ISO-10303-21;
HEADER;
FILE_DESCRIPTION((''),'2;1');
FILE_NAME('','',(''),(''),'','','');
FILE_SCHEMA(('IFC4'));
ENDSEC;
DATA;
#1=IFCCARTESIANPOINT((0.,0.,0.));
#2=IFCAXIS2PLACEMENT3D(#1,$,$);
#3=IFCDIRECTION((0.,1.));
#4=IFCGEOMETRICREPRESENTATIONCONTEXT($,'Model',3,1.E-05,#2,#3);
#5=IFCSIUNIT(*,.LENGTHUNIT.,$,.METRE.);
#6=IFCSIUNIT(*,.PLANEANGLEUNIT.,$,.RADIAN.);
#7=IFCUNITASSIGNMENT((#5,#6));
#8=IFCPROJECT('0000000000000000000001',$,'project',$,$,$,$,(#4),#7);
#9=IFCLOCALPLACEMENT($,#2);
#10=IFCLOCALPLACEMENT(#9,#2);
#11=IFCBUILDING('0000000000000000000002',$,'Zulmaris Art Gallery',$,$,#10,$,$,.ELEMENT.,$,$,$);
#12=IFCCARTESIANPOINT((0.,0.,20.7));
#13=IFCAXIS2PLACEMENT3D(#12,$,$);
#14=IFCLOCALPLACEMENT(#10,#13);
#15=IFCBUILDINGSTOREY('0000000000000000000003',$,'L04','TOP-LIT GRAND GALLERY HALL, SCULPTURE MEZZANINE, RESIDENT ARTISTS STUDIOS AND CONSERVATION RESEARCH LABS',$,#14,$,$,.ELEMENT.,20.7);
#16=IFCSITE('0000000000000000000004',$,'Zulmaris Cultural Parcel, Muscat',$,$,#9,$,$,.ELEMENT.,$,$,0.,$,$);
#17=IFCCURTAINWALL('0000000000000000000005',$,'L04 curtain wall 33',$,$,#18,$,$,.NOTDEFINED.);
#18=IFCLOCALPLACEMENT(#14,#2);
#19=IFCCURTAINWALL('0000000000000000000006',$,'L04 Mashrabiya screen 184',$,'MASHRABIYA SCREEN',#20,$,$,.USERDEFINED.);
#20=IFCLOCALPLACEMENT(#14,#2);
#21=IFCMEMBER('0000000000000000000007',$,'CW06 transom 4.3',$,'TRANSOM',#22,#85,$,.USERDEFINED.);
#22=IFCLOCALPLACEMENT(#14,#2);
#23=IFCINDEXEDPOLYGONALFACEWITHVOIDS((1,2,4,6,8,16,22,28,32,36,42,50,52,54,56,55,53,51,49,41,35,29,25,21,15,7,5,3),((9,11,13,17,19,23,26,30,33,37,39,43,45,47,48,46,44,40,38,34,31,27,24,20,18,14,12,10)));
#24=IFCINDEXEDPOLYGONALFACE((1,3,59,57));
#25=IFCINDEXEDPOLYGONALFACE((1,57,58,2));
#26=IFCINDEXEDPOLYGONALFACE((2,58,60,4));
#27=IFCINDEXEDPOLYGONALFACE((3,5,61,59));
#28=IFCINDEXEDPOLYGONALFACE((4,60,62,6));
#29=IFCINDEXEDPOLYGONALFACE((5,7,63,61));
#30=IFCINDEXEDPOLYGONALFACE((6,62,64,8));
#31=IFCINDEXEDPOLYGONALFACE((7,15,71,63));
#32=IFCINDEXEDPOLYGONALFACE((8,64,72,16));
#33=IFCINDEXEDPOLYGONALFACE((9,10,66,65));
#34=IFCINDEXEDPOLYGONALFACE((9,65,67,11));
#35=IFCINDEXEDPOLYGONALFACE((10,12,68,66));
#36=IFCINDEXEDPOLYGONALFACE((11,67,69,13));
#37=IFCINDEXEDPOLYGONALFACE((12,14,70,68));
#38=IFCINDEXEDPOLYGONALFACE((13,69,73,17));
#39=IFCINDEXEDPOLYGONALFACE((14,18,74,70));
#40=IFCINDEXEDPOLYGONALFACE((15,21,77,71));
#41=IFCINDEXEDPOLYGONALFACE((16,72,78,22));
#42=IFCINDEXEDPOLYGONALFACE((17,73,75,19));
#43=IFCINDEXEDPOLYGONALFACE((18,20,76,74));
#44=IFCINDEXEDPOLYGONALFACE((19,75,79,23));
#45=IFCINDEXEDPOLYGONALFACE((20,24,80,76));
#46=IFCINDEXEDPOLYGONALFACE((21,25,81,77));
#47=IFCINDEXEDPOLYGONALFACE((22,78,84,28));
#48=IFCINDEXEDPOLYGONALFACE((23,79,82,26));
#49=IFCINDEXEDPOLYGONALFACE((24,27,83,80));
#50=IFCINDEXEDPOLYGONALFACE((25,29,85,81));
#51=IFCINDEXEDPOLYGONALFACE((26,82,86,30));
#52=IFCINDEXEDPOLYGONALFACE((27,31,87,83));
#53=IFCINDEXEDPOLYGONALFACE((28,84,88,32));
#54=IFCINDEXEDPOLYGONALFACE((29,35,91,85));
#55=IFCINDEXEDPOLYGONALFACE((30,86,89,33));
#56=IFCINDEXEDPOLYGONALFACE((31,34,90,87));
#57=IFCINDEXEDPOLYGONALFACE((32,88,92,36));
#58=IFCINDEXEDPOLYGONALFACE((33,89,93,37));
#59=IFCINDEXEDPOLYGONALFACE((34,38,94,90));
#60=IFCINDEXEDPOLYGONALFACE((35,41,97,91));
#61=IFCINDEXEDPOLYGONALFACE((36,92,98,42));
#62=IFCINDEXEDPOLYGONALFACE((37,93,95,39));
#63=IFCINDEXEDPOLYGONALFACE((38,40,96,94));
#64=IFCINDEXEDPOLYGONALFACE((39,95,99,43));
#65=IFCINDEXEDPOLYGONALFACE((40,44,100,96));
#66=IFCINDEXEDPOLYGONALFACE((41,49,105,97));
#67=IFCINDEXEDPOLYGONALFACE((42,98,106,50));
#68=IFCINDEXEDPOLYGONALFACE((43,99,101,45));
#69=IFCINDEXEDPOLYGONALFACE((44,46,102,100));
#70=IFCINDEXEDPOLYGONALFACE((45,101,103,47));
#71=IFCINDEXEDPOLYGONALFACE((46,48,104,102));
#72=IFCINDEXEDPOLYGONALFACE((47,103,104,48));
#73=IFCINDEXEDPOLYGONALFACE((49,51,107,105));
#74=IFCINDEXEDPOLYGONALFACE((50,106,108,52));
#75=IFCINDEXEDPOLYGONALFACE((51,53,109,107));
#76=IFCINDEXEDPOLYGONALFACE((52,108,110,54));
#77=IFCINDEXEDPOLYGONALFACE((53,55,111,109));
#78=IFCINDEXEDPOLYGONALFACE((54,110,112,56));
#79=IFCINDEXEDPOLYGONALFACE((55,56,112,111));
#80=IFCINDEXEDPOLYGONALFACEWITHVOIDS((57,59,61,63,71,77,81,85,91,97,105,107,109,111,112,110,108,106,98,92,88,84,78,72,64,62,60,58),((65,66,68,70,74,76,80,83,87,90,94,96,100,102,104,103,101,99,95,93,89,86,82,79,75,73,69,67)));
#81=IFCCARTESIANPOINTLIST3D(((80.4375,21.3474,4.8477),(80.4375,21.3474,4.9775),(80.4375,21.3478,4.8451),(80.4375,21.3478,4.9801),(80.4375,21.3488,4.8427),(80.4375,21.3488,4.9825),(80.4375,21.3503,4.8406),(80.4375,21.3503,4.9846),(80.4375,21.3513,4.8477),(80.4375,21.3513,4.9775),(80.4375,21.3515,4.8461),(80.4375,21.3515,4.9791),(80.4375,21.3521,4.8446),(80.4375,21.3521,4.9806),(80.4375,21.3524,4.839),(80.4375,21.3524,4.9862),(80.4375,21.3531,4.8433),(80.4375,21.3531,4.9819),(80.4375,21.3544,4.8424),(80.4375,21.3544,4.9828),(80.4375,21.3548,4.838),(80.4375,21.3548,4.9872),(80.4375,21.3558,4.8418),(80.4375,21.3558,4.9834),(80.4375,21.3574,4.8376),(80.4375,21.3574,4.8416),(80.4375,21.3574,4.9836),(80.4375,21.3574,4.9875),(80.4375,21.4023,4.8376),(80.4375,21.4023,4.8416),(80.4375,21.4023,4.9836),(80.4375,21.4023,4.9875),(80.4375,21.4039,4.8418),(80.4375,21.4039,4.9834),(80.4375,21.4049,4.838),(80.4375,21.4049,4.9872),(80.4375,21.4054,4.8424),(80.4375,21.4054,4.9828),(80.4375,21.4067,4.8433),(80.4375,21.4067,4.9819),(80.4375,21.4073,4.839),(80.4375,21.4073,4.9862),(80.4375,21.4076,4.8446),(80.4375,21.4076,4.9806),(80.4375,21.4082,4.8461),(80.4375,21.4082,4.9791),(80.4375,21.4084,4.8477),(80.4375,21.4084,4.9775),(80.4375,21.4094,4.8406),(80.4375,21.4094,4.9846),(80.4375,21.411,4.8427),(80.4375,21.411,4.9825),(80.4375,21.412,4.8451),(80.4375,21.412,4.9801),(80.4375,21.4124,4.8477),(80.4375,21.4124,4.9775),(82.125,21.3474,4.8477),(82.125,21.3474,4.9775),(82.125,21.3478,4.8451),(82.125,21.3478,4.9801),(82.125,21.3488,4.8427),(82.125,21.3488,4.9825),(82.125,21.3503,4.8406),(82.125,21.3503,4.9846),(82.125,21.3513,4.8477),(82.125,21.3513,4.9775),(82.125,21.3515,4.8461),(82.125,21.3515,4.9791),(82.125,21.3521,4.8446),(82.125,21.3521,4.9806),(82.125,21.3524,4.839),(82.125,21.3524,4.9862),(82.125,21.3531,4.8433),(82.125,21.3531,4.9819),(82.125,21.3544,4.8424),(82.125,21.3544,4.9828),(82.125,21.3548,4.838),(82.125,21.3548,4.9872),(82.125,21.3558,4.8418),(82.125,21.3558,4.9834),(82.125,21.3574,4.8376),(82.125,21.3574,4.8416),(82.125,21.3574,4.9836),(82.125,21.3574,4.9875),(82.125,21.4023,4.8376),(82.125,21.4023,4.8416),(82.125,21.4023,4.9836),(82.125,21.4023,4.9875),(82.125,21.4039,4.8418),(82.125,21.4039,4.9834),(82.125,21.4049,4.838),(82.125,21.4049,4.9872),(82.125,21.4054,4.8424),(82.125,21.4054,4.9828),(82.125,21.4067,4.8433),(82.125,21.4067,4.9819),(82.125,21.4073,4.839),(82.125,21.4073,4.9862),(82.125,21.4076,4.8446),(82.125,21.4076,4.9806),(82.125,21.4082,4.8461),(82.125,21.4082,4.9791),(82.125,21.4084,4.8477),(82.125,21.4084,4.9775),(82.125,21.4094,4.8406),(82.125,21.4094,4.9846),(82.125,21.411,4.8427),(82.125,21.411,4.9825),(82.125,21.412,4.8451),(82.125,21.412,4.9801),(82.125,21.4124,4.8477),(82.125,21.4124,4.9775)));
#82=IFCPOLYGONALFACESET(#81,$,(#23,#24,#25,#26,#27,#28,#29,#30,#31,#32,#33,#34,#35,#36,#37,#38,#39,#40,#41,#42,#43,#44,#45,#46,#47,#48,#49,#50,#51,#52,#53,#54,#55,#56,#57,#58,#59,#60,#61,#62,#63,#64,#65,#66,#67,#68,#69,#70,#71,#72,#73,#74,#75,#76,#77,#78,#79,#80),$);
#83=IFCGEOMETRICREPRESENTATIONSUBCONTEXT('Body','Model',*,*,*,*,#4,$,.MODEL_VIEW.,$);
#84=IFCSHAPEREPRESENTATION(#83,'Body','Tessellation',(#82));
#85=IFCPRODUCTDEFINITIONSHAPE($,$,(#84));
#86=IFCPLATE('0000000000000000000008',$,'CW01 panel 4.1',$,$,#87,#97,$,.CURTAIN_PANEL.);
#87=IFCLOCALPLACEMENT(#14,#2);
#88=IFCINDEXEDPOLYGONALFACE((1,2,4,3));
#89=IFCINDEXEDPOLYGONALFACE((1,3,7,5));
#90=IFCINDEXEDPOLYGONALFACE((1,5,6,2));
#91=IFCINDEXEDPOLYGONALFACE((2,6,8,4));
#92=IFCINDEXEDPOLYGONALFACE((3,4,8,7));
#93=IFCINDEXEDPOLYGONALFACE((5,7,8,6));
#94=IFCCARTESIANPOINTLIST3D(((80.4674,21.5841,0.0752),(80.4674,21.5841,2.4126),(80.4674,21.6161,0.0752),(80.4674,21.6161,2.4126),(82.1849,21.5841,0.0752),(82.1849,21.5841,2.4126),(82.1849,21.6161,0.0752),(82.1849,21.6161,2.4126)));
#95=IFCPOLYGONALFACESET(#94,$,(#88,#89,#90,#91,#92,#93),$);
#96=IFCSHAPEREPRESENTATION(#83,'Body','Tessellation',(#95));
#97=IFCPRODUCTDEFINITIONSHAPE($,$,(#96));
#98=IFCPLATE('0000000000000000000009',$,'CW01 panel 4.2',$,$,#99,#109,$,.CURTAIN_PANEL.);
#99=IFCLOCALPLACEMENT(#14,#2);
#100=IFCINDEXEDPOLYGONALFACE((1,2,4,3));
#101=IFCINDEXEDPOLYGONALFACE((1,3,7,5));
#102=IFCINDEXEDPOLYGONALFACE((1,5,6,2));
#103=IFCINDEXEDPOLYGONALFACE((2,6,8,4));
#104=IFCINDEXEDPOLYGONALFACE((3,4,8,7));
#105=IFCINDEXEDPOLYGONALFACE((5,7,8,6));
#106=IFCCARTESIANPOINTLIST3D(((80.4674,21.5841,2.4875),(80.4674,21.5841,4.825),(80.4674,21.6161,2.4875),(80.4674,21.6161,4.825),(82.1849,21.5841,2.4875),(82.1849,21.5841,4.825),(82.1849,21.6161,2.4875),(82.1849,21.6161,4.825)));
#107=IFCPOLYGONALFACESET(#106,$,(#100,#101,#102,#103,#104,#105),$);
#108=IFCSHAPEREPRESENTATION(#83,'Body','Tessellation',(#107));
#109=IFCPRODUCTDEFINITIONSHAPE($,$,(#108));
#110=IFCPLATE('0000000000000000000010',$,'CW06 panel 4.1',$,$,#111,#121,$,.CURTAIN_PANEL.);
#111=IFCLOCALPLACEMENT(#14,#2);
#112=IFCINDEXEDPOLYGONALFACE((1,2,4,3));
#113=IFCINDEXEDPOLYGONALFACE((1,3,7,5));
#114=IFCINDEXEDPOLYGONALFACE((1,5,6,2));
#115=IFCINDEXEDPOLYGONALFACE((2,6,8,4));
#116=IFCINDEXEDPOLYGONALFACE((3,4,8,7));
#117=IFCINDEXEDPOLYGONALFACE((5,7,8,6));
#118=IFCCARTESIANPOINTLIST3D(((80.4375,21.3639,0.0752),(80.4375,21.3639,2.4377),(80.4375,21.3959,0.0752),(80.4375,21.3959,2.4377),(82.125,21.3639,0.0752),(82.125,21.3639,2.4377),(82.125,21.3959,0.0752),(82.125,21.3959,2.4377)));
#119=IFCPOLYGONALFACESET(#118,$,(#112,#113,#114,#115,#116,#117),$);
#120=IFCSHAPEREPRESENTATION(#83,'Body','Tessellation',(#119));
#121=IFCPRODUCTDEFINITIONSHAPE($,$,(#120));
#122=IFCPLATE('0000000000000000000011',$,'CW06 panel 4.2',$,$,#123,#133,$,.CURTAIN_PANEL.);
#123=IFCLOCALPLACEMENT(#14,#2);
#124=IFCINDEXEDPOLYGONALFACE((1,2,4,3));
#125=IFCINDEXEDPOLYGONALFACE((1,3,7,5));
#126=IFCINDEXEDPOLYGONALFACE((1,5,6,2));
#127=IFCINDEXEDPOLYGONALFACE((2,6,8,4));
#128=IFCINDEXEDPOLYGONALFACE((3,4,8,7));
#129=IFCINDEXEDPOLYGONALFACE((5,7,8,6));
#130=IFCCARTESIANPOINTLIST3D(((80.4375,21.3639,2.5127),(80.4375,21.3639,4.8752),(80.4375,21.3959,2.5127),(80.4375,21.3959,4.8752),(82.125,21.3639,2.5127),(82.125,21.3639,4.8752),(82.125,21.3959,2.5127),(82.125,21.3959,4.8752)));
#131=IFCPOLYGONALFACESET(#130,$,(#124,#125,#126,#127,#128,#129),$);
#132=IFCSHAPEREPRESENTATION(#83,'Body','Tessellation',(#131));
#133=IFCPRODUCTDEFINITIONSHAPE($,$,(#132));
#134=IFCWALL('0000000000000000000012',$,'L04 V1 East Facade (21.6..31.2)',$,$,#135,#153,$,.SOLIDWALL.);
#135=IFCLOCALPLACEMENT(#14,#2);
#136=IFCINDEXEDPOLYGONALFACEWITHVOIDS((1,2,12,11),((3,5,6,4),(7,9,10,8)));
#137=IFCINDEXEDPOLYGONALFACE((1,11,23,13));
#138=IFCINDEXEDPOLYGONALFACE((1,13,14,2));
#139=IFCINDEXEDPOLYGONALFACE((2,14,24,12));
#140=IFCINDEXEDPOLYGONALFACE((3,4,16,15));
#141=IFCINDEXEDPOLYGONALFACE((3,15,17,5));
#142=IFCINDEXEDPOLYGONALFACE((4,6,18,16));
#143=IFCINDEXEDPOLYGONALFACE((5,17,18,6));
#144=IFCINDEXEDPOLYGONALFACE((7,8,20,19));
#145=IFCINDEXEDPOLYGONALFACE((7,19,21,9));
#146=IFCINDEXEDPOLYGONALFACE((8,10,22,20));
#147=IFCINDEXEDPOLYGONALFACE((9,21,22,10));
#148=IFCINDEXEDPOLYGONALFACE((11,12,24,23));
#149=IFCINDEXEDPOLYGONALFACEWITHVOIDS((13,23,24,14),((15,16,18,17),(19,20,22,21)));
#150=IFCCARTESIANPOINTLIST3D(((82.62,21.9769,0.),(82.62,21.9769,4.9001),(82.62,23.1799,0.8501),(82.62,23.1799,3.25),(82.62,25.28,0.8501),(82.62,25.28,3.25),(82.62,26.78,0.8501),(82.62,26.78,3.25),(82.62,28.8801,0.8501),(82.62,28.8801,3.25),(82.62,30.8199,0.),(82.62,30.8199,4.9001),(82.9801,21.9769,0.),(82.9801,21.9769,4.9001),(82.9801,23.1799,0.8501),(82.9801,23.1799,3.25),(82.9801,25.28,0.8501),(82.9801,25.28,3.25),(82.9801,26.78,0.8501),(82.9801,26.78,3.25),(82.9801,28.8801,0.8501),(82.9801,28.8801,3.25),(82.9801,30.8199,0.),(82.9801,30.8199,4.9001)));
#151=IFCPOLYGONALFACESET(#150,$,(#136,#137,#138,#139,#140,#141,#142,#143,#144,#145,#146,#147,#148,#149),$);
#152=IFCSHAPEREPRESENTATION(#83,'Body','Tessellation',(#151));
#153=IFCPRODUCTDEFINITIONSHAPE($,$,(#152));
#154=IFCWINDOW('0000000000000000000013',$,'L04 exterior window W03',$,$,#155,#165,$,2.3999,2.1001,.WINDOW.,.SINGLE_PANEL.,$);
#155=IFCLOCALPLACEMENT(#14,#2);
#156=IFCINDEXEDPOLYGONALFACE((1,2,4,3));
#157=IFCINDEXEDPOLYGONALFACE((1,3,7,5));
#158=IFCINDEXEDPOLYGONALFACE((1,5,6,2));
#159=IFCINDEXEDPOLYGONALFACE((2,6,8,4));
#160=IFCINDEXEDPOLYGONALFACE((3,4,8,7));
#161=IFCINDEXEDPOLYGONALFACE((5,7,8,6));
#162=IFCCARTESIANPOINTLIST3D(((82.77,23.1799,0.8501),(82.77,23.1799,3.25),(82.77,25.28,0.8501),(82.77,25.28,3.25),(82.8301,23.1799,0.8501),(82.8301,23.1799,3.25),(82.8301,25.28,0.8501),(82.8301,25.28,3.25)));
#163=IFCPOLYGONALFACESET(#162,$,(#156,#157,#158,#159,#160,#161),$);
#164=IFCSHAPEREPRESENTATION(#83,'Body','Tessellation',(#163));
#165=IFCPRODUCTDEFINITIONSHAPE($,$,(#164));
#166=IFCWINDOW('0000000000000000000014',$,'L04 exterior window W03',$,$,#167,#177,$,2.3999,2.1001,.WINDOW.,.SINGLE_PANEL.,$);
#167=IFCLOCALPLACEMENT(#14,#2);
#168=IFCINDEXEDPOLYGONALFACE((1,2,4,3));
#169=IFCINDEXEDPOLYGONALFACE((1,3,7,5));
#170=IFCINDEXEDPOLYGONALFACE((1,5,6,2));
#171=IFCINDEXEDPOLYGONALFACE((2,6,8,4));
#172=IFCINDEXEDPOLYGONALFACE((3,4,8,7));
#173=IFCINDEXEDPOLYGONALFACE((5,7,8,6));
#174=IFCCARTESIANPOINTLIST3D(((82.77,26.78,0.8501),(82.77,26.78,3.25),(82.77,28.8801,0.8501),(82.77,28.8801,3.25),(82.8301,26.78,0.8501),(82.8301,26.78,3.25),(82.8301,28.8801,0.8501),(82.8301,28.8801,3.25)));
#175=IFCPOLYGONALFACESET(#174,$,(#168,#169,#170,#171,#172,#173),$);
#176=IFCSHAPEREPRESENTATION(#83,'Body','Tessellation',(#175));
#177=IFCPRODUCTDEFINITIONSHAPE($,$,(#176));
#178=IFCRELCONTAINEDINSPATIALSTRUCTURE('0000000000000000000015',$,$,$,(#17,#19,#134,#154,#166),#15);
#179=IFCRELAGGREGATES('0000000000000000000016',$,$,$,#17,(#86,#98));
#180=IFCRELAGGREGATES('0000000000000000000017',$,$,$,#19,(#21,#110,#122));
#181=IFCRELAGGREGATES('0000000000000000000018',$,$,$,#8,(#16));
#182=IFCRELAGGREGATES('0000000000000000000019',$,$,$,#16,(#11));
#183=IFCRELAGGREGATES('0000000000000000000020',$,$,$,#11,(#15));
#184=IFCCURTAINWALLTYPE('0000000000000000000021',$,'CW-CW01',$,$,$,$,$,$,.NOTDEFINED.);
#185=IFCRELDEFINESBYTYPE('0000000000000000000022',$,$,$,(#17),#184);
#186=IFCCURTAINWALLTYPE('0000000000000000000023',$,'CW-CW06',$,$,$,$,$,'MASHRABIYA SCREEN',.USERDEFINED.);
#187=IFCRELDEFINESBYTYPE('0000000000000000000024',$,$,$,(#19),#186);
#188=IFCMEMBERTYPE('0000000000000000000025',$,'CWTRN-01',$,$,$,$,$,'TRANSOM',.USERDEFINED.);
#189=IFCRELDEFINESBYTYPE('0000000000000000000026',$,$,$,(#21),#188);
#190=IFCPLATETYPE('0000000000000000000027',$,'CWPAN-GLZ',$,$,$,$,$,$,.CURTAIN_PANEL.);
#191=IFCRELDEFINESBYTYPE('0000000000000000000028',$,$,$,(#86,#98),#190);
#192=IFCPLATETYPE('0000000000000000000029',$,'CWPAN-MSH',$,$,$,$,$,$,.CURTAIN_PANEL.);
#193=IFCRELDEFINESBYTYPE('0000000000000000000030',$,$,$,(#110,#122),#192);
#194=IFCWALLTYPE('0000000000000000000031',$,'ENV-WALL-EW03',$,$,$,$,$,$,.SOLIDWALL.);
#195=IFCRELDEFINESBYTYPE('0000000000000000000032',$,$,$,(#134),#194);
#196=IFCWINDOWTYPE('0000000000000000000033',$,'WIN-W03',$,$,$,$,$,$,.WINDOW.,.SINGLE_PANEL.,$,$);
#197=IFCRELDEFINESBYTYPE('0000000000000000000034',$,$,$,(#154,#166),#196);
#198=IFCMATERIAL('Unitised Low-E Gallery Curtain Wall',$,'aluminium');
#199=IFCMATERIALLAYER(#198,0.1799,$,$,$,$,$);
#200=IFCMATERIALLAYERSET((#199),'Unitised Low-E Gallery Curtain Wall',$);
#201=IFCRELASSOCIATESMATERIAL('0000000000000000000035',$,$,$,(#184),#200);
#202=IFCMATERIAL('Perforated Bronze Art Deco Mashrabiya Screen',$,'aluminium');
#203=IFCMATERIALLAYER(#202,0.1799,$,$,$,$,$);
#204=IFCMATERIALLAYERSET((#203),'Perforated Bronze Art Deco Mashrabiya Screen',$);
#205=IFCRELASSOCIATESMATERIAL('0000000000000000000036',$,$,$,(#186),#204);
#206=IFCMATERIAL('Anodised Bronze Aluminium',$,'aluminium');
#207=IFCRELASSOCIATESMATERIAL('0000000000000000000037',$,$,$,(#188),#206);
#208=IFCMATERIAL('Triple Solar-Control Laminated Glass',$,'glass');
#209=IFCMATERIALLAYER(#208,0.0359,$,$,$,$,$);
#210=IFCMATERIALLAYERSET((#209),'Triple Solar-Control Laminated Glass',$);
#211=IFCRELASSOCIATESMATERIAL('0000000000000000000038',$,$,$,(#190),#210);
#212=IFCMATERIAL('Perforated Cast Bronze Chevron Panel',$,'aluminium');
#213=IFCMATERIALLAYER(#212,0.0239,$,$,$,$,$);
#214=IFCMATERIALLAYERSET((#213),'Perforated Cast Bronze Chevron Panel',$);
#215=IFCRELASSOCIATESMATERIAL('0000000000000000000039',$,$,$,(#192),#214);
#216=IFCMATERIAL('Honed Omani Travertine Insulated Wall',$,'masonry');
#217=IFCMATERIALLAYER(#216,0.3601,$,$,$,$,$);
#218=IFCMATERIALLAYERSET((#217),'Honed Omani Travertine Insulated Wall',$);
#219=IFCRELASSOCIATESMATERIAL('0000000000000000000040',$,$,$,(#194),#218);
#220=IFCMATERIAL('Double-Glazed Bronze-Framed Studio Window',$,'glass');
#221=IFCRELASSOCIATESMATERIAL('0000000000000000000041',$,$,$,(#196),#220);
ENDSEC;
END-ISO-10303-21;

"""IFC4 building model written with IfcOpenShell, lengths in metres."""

from ifc_helpers import new_model, si_unit, direction, frame, frame_2d, origin, origin_2d, place, context, subcontext, project, spatial, rectangle, hollow_rectangle, extrude, material, layer, layer_set, material_profile, profile_set, type_object, element, fill, aggregate, save


model = new_model("IFC4")

# Units and contexts
model_context = context("Model", 3, precision=1e-05, world=origin(), true_north=direction((0.0, 1.0)))
body_context = subcontext(model_context, "Body", "Model", "MODEL_VIEW")
ifc_project = project(units=[si_unit("LENGTHUNIT", "METRE"), si_unit("PLANEANGLEUNIT", "RADIAN")], contexts=[model_context])

# Site, building, storey
site_placement = place(None, origin())
site = spatial("IfcSite", under=ifc_project, at=site_placement, Name="Zulmaris Cultural Parcel, Muscat", CompositionType="ELEMENT", RefElevation=0.0)
building_placement = place(site_placement, origin())
building = spatial("IfcBuilding", under=site, at=building_placement, Name="Zulmaris Art Gallery", CompositionType="ELEMENT")
storey_placement = place(building_placement, frame((0.0, 0.0, 20.7)))
storey = spatial("IfcBuildingStorey", under=building, at=storey_placement, Name="L04", Description="TOP-LIT GRAND GALLERY HALL, SCULPTURE MEZZANINE, RESIDENT ARTISTS STUDIOS AND CONSERVATION RESEARCH LABS", CompositionType="ELEMENT", Elevation=20.7)

# Curtain wall
ifc_material_1 = material(Name="Unitised Low-E Gallery Curtain Wall", Category="aluminium")
ifc_layer_1 = layer(ifc_material_1, 0.1799)
ifc_layer_set_1 = layer_set([ifc_layer_1], Name="Unitised Low-E Gallery Curtain Wall")
curtain_wall_type_1 = type_object("IfcCurtainWallType", Name="CW-CW01", PredefinedType="NOTDEFINED", material=ifc_layer_set_1)
curtain_wall_1_placement = place(storey_placement, origin())
curtain_wall_1 = element("IfcCurtainWall", 1, at=curtain_wall_1_placement, inside=storey, type_object=curtain_wall_type_1, Name="L04 curtain wall 33", PredefinedType="NOTDEFINED")
ifc_material_2 = material(Name="Anodised Bronze Aluminium", Category="aluminium")

# Curtain wall
ifc_material_3 = material(Name="Perforated Bronze Art Deco Mashrabiya Screen", Category="aluminium")
ifc_layer_2 = layer(ifc_material_3, 0.1799)
ifc_layer_set_2 = layer_set([ifc_layer_2], Name="Perforated Bronze Art Deco Mashrabiya Screen")
curtain_wall_type_2 = type_object("IfcCurtainWallType", Name="CW-CW06", ElementType="MASHRABIYA SCREEN", PredefinedType="USERDEFINED", material=ifc_layer_set_2)
curtain_wall_2_placement = place(storey_placement, origin())
curtain_wall_2 = element("IfcCurtainWall", 2, at=curtain_wall_2_placement, inside=storey, type_object=curtain_wall_type_2, Name="L04 Mashrabiya screen 184", ObjectType="MASHRABIYA SCREEN", PredefinedType="USERDEFINED")

# Member
ifc_material_profile_1 = material_profile(ifc_material_2, hollow_rectangle(XDim=0.0649, YDim=0.1499, WallThickness=0.0039, InnerFilletRadius=0.0061, OuterFilletRadius=0.01, at=origin_2d()), Name="ALU 65x150x4")
ifc_profile_set_1 = profile_set([ifc_material_profile_1], Name="Anodised Bronze Aluminium")
member_type_1 = type_object("IfcMemberType", Name="CWTRN-01", ElementType="TRANSOM", PredefinedType="USERDEFINED", material=ifc_profile_set_1)
member_1_placement = place(storey_placement, frame((80.4375, 21.3799, 4.9126), z_axis=(1.0, 0.0, 0.0), x_axis=(0.0, 1.0, 0.0)))
member_1 = element("IfcMember", 3, at=member_1_placement, type_object=member_type_1, Name="CW06 transom 4.3", ObjectType="TRANSOM", PredefinedType="USERDEFINED", context=body_context, shape_type="SweptSolid", body=[
    extrude(hollow_rectangle(XDim=0.0649, YDim=0.1499, WallThickness=0.0039, InnerFilletRadius=0.0061, OuterFilletRadius=0.01, at=origin_2d()), origin(), (0.0, 0.0, 1.0), 1.6875),
])

# Plates
ifc_material_4 = material(Name="Triple Solar-Control Laminated Glass", Category="glass")
ifc_layer_3 = layer(ifc_material_4, 0.0359)
ifc_layer_set_3 = layer_set([ifc_layer_3], Name="Triple Solar-Control Laminated Glass")
plate_type_1 = type_object("IfcPlateType", Name="CWPAN-GLZ", PredefinedType="CURTAIN_PANEL", material=ifc_layer_set_3)
plate_1_placement = place(storey_placement, frame((81.3262, 21.6001, 0.0752), z_axis=(0.0, 0.0, 1.0), x_axis=(1.0, 0.0, 0.0)))
plate_1 = element("IfcPlate", 4, at=plate_1_placement, type_object=plate_type_1, Name="CW01 panel 4.1", PredefinedType="CURTAIN_PANEL", context=body_context, shape_type="SweptSolid", body=[
    extrude(rectangle(XDim=1.7175, YDim=0.032, at=origin_2d()), origin(), (0.0, 0.0, 1.0), 2.3374),
])
plate_2_placement = place(storey_placement, frame((81.3262, 21.6001, 2.4875), z_axis=(0.0, 0.0, 1.0), x_axis=(1.0, 0.0, 0.0)))
plate_2 = element("IfcPlate", 5, at=plate_2_placement, type_object=plate_type_1, Name="CW01 panel 4.2", PredefinedType="CURTAIN_PANEL", context=body_context, shape_type="SweptSolid", body=[
    extrude(rectangle(XDim=1.7175, YDim=0.032, at=origin_2d()), origin(), (0.0, 0.0, 1.0), 2.3374),
])
aggregate(curtain_wall_1, [plate_1, plate_2])
ifc_material_5 = material(Name="Perforated Cast Bronze Chevron Panel", Category="aluminium")
ifc_layer_4 = layer(ifc_material_5, 0.0239)
ifc_layer_set_4 = layer_set([ifc_layer_4], Name="Perforated Cast Bronze Chevron Panel")
plate_type_2 = type_object("IfcPlateType", Name="CWPAN-MSH", PredefinedType="CURTAIN_PANEL", material=ifc_layer_set_4)
plate_3_placement = place(storey_placement, frame((81.2812, 21.3799, 0.0752), z_axis=(0.0, 0.0, 1.0), x_axis=(1.0, 0.0, 0.0)))
plate_3 = element("IfcPlate", 6, at=plate_3_placement, type_object=plate_type_2, Name="CW06 panel 4.1", PredefinedType="CURTAIN_PANEL", context=body_context, shape_type="SweptSolid", body=[
    extrude(rectangle(XDim=1.6875, YDim=0.032, at=origin_2d()), origin(), (0.0, 0.0, 1.0), 2.3625),
])
plate_4_placement = place(storey_placement, frame((81.2812, 21.3799, 2.5127), z_axis=(0.0, 0.0, 1.0), x_axis=(1.0, 0.0, 0.0)))
plate_4 = element("IfcPlate", 7, at=plate_4_placement, type_object=plate_type_2, Name="CW06 panel 4.2", PredefinedType="CURTAIN_PANEL", context=body_context, shape_type="SweptSolid", body=[
    extrude(rectangle(XDim=1.6875, YDim=0.032, at=origin_2d()), origin(), (0.0, 0.0, 1.0), 2.3625),
])
aggregate(curtain_wall_2, [member_1, plate_3, plate_4])

# Wall, openings, windows
ifc_material_6 = material(Name="Honed Omani Travertine Insulated Wall", Category="masonry")
ifc_layer_5 = layer(ifc_material_6, 0.3601)
ifc_layer_set_5 = layer_set([ifc_layer_5], Name="Honed Omani Travertine Insulated Wall")
wall_type_1 = type_object("IfcWallType", Name="ENV-WALL-EW03", PredefinedType="SOLIDWALL", material=ifc_layer_set_5)
wall_1_placement = place(storey_placement, frame((82.8, 21.9771, 0.0), z_axis=(0.0, 0.0, 1.0), x_axis=(0.0, 1.0, 0.0)))
wall_1 = element("IfcWall", 8, at=wall_1_placement, inside=storey, type_object=wall_type_1, Name="L04 V1 East Facade (21.6..31.2)", PredefinedType="SOLIDWALL", context=body_context, shape_type="SweptSolid", body=[
    extrude(rectangle(XDim=8.843, YDim=0.3601, at=frame_2d((4.4214, 0.0))), origin(), (0.0, 0.0, 1.0), 4.9001),
])
opening_1_placement = place(wall_1_placement, frame((1.2029, 0.0, 0.8501)))
opening_1 = element("IfcOpeningElement", 9, at=opening_1_placement, cuts=wall_1, PredefinedType="OPENING", context=body_context, shape_type="SweptSolid", body=[
    extrude(rectangle(XDim=2.1001, YDim=2.3999, at=frame_2d((1.05, 1.2))), frame((0.0, 0.1899, 0.0), z_axis=(0.0, -1.0, 0.0), x_axis=(1.0, 0.0, 0.0)), (0.0, 0.0, 1.0), 0.3801),
])
opening_2_placement = place(wall_1_placement, frame((4.803, 0.0, 0.8501)))
opening_2 = element("IfcOpeningElement", 10, at=opening_2_placement, cuts=wall_1, PredefinedType="OPENING", context=body_context, shape_type="SweptSolid", body=[
    extrude(rectangle(XDim=2.1001, YDim=2.3999, at=frame_2d((1.05, 1.2))), frame((0.0, 0.1899, 0.0), z_axis=(0.0, -1.0, 0.0), x_axis=(1.0, 0.0, 0.0)), (0.0, 0.0, 1.0), 0.3801),
])
ifc_material_7 = material(Name="Double-Glazed Bronze-Framed Studio Window", Category="glass")
window_type_1 = type_object("IfcWindowType", Name="WIN-W03", PartitioningType="SINGLE_PANEL", PredefinedType="WINDOW", material=ifc_material_7)
window_1_placement = place(opening_1_placement, origin())
window_1 = element("IfcWindow", 11, at=window_1_placement, inside=storey, type_object=window_type_1, Name="L04 exterior window W03", OverallHeight=2.3999, OverallWidth=2.1001, PartitioningType="SINGLE_PANEL", PredefinedType="WINDOW", context=body_context, shape_type="SweptSolid", body=[
    extrude(rectangle(XDim=2.1001, YDim=2.3999, at=frame_2d((1.05, 1.2))), frame((0.0, 0.03, 0.0), z_axis=(0.0, -1.0, 0.0), x_axis=(1.0, 0.0, 0.0)), (0.0, 0.0, 1.0), 0.0601),
])
fill(opening_1, window_1)
window_2_placement = place(opening_2_placement, origin())
window_2 = element("IfcWindow", 12, at=window_2_placement, inside=storey, type_object=window_type_1, Name="L04 exterior window W03", OverallHeight=2.3999, OverallWidth=2.1001, PartitioningType="SINGLE_PANEL", PredefinedType="WINDOW", context=body_context, shape_type="SweptSolid", body=[
    extrude(rectangle(XDim=2.1001, YDim=2.3999, at=frame_2d((1.05, 1.2))), frame((0.0, 0.03, 0.0), z_axis=(0.0, -1.0, 0.0), x_axis=(1.0, 0.0, 0.0)), (0.0, 0.0, 1.0), 0.0601),
])
fill(opening_2, window_2)

save(model, "model.ifc")
